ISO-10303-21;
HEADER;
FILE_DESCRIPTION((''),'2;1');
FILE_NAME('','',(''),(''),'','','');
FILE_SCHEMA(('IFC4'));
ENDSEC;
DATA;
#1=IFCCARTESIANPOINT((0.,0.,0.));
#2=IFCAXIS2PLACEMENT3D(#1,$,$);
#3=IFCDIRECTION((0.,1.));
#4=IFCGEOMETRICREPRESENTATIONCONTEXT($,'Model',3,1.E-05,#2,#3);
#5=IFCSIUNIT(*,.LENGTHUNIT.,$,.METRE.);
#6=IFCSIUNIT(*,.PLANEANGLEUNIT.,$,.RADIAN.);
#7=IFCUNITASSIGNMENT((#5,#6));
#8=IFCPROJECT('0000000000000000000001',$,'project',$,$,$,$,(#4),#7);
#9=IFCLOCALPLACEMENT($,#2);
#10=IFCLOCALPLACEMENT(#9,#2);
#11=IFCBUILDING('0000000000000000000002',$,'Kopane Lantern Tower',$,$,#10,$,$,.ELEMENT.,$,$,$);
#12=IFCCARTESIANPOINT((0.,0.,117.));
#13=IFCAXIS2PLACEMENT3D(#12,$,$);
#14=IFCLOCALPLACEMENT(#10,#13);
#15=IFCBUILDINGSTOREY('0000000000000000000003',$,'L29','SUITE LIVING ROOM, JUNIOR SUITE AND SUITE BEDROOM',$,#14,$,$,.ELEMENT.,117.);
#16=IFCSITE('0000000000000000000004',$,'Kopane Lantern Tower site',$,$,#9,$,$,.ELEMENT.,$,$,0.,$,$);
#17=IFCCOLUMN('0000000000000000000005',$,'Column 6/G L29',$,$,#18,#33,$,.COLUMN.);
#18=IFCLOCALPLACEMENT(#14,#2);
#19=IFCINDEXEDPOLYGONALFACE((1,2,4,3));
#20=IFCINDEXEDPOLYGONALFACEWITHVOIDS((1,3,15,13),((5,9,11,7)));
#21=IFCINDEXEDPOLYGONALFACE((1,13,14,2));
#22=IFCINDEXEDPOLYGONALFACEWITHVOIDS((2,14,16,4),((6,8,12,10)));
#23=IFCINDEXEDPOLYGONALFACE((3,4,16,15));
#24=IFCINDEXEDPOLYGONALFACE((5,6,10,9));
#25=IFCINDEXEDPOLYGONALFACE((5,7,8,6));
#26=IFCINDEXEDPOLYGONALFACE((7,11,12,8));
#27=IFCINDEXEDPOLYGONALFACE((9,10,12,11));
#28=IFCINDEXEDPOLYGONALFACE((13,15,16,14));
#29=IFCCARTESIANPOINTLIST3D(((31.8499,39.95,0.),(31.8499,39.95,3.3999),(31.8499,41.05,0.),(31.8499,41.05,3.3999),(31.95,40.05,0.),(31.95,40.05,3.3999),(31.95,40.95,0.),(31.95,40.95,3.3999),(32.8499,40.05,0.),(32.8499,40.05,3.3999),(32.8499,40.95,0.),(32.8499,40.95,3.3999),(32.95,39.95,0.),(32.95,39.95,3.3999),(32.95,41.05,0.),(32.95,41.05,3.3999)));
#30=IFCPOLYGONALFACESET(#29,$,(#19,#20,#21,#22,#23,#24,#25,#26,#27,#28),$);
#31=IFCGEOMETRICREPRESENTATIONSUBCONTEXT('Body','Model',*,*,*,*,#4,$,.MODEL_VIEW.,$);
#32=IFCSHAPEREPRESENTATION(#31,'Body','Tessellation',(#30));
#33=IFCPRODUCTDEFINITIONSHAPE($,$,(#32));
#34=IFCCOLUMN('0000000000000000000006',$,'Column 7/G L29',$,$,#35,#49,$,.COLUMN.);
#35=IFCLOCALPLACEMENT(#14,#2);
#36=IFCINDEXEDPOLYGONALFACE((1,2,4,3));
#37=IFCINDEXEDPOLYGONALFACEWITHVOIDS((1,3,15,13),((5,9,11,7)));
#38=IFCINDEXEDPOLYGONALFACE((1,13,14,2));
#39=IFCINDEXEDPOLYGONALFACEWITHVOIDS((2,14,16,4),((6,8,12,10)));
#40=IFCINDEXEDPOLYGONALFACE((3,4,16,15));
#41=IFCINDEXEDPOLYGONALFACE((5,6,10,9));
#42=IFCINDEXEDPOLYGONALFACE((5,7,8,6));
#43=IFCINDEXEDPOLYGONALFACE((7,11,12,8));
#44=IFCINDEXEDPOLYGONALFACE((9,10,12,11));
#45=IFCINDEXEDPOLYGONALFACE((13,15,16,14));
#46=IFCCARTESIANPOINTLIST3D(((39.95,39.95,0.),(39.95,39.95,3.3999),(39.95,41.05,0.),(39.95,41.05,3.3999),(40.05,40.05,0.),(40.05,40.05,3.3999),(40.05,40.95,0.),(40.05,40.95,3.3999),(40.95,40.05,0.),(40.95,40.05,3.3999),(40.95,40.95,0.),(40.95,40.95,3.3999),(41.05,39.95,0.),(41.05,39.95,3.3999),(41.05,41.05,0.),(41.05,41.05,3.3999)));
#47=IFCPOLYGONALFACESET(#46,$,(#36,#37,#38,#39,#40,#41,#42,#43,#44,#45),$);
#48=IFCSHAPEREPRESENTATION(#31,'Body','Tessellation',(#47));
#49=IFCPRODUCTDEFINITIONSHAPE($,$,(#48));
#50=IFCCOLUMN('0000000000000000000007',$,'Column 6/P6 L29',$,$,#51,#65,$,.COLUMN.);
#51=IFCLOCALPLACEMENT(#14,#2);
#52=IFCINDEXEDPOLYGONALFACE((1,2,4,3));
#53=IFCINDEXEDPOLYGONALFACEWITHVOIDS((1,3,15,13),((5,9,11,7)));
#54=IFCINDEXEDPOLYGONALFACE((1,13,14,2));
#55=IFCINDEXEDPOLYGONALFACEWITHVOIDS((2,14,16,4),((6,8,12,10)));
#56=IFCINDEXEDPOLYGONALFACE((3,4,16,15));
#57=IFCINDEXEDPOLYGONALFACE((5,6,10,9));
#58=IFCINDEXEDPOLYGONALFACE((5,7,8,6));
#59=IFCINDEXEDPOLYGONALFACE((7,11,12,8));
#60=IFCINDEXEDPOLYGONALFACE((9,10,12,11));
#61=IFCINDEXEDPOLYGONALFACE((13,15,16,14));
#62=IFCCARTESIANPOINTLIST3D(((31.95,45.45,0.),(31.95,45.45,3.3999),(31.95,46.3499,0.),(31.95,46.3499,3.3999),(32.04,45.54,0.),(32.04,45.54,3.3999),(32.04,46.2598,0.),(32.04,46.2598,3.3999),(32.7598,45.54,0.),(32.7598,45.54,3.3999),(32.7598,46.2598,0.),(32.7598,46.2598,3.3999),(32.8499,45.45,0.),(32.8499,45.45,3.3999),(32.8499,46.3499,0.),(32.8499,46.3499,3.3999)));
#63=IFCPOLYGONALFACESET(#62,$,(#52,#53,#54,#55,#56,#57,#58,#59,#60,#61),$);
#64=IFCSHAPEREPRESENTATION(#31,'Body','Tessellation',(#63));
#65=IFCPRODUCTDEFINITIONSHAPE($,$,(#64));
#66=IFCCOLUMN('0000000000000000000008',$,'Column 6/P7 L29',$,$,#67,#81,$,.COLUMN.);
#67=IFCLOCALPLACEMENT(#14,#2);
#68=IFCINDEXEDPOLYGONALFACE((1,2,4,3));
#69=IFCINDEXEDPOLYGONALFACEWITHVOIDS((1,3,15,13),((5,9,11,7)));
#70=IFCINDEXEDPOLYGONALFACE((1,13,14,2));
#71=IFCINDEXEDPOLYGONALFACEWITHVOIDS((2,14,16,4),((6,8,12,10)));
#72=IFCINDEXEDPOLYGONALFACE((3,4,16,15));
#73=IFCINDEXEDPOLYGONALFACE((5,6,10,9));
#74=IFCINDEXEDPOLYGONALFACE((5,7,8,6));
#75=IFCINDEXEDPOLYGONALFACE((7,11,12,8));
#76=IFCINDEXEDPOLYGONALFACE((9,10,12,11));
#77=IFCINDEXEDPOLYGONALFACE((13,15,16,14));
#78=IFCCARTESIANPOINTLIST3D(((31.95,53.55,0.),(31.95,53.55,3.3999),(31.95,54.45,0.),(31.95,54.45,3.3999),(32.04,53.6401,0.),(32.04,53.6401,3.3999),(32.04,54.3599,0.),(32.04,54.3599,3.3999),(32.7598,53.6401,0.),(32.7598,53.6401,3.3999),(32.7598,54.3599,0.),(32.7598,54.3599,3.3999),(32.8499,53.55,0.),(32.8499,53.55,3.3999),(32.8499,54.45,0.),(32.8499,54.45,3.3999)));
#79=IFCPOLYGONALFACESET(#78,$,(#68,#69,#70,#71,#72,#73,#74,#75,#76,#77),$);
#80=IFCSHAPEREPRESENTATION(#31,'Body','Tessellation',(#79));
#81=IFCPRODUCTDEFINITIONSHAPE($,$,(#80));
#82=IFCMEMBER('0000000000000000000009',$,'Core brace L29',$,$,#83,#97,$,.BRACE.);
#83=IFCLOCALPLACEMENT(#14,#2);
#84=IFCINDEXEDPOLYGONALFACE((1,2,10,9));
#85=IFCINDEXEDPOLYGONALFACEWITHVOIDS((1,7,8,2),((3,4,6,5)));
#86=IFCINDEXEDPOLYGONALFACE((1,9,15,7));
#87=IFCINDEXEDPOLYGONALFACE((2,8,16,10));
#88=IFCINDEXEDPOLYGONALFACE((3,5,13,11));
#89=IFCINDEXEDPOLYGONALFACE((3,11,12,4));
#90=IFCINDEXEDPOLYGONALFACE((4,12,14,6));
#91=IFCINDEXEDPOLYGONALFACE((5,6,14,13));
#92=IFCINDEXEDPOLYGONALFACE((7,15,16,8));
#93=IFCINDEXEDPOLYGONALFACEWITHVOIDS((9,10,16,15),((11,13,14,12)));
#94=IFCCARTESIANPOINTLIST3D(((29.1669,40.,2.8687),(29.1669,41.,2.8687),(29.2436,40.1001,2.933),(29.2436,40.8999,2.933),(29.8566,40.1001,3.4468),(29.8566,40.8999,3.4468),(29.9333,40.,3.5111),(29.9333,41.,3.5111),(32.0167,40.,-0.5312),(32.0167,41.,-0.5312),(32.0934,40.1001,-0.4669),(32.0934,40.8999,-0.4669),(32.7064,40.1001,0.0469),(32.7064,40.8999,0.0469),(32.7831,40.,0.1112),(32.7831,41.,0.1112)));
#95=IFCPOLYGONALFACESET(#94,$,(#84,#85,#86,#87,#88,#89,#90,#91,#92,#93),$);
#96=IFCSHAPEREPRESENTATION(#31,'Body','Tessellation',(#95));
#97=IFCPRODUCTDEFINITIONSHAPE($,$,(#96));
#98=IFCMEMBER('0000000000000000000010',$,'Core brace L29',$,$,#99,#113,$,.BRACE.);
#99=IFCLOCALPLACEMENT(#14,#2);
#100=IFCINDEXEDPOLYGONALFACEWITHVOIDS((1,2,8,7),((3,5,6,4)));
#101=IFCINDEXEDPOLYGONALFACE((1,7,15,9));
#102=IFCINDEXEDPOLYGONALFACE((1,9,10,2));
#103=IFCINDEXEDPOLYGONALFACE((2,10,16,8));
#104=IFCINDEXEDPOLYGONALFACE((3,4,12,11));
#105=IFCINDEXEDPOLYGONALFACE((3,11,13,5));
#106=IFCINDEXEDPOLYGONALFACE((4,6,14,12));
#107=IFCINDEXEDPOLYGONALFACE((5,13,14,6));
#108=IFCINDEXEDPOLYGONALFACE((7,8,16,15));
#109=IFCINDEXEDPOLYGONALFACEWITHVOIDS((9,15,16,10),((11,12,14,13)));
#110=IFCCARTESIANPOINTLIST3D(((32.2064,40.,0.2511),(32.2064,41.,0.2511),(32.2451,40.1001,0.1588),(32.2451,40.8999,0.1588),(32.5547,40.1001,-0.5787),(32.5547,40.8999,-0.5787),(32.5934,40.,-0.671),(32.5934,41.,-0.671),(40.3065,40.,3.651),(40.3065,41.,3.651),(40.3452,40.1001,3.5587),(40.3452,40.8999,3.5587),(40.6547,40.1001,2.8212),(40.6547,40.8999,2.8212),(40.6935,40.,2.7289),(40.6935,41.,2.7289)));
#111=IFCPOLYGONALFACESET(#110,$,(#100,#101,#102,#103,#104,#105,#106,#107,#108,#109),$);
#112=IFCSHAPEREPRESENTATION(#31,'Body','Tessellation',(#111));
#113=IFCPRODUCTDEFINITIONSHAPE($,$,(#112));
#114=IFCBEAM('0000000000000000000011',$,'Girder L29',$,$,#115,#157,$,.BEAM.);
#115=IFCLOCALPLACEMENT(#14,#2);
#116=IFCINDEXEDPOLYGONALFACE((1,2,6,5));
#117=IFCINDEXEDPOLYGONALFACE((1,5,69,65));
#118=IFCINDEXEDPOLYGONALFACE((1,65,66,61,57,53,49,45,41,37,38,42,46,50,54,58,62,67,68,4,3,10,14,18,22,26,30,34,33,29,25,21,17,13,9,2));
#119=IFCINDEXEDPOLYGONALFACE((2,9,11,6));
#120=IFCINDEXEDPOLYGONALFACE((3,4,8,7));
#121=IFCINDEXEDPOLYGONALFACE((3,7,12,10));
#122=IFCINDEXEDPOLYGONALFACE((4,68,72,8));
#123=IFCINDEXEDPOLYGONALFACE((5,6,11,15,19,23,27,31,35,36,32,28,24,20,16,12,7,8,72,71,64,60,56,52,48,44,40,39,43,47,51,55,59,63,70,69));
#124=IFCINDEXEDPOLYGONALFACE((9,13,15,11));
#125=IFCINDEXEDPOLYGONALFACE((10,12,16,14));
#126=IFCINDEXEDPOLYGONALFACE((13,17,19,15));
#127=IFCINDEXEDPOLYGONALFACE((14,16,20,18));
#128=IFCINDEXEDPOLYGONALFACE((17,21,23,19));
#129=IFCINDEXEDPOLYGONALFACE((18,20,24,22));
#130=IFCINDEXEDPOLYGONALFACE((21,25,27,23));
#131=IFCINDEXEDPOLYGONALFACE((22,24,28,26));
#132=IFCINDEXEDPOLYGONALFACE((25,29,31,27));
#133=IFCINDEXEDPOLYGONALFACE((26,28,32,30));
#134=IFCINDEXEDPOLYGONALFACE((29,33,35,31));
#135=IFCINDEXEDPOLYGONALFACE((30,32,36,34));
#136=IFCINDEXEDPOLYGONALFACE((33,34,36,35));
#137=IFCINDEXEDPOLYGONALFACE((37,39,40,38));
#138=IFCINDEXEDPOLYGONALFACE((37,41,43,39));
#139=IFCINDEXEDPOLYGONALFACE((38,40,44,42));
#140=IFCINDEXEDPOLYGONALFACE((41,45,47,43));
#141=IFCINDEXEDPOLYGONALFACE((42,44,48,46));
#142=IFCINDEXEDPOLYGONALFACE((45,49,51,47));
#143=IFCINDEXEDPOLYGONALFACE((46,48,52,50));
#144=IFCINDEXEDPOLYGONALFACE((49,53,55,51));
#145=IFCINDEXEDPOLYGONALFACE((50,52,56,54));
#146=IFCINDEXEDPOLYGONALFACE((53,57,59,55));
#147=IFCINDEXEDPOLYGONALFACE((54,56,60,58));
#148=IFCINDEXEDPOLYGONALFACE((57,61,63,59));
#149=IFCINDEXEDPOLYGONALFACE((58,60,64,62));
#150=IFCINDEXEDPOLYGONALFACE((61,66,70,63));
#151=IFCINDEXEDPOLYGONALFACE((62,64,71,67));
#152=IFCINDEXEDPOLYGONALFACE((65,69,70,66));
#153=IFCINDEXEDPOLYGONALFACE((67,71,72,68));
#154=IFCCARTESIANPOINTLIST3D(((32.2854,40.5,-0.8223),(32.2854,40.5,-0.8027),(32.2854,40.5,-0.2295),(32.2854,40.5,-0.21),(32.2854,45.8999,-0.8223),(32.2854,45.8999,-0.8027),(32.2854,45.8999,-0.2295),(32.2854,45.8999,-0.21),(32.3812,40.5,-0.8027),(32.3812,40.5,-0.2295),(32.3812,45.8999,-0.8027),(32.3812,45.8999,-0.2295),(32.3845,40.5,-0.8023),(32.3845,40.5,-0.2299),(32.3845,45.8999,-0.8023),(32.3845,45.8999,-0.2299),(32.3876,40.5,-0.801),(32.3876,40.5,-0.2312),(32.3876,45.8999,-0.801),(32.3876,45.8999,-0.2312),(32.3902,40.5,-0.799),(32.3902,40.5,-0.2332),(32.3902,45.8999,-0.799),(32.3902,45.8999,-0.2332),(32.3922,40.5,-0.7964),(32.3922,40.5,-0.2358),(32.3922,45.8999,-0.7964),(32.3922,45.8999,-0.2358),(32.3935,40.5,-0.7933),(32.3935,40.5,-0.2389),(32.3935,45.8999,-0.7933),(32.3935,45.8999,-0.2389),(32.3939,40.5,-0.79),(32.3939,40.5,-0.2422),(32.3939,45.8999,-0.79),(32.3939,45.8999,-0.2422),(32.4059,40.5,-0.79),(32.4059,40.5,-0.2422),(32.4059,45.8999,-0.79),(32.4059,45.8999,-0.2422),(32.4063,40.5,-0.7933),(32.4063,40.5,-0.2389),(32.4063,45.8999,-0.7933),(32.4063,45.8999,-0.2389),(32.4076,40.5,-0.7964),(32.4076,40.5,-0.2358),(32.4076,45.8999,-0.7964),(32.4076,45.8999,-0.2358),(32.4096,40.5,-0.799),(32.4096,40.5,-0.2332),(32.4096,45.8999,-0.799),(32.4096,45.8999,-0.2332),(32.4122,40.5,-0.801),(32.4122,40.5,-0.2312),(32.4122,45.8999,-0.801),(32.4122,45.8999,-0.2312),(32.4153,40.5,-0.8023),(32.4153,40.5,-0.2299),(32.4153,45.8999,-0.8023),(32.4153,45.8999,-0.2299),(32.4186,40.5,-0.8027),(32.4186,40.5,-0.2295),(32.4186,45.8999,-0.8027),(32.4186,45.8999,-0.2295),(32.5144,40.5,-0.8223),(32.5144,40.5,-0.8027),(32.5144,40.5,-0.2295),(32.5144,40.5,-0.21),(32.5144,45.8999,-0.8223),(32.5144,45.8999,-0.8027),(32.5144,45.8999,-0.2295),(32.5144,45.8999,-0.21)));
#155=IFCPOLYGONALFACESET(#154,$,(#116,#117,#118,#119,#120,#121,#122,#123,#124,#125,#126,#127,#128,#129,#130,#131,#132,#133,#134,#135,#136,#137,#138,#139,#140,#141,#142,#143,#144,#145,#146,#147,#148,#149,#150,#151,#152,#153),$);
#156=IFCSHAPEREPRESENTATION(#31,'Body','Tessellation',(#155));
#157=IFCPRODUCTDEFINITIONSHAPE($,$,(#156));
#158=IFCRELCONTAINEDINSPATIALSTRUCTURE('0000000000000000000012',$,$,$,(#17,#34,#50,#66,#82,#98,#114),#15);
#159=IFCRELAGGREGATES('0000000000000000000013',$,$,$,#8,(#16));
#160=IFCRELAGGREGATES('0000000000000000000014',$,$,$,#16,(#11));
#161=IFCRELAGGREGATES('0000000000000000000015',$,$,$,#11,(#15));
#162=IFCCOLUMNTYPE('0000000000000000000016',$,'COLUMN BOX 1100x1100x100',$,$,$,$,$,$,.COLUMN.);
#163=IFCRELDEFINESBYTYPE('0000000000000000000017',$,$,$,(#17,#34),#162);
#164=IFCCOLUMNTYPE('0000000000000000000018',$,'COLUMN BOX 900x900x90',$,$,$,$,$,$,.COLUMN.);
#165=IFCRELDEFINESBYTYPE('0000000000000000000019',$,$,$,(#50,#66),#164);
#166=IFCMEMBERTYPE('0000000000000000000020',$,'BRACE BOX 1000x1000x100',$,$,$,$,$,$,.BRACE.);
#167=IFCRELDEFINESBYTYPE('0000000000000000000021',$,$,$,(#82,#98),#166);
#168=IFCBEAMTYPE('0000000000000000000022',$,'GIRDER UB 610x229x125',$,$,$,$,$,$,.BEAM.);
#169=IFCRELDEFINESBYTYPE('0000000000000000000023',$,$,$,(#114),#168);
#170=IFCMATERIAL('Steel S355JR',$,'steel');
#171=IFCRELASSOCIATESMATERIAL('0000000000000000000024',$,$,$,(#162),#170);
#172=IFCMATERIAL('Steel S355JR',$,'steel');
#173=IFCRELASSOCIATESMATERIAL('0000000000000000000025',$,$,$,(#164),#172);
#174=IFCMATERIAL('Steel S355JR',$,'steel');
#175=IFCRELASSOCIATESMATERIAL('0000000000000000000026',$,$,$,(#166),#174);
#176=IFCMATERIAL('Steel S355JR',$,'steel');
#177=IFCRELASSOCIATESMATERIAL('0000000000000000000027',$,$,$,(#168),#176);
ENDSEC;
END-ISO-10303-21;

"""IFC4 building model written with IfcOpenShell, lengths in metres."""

from ifc_helpers import new_model, si_unit, direction, frame, origin, origin_2d, place, context, subcontext, project, spatial, hollow_rectangle, i_section, extrude, material, material_profile, profile_set, type_object, element, save


model = new_model("IFC4")

# Units and contexts
model_context = context("Model", 3, precision=1e-05, world=origin(), true_north=direction((0.0, 1.0)))
body_context = subcontext(model_context, "Body", "Model", "MODEL_VIEW")
ifc_project = project(units=[si_unit("LENGTHUNIT", "METRE"), si_unit("PLANEANGLEUNIT", "RADIAN")], contexts=[model_context])

# Site, building, storey
site_placement = place(None, origin())
site = spatial("IfcSite", under=ifc_project, at=site_placement, Name="Kopane Lantern Tower site", CompositionType="ELEMENT", RefElevation=0.0)
building_placement = place(site_placement, origin())
building = spatial("IfcBuilding", under=site, at=building_placement, Name="Kopane Lantern Tower", CompositionType="ELEMENT")
storey_placement = place(building_placement, frame((0.0, 0.0, 117.0)))
storey = spatial("IfcBuildingStorey", under=building, at=storey_placement, Name="L29", Description="SUITE LIVING ROOM, JUNIOR SUITE AND SUITE BEDROOM", CompositionType="ELEMENT", Elevation=117.0)

# Columns
ifc_material_1 = material(Name="Steel S355JR", Category="steel")
ifc_material_profile_1 = material_profile(ifc_material_1, hollow_rectangle(XDim=1.1001, YDim=1.1001, WallThickness=0.1001, at=origin_2d()), Name="BOX 1100x1100x100")
ifc_profile_set_1 = profile_set([ifc_material_profile_1], Name="Steel S355JR")
column_type_1 = type_object("IfcColumnType", Name="COLUMN BOX 1100x1100x100", PredefinedType="COLUMN", material=ifc_profile_set_1)
for number, where, z_axis, x_axis, name in (
    (1, (32.3999, 40.5, 0.0), (0.0, 0.0, 1.0), (1.0, 0.0, 0.0), "Column 6/G L29"),
    (2, (40.5, 40.5, 0.0), (0.0, 0.0, 1.0), (1.0, 0.0, 0.0), "Column 7/G L29"),
):
    element("IfcColumn", number, at=place(storey_placement, frame(where, z_axis=z_axis, x_axis=x_axis)), inside=storey, type_object=column_type_1, Name=name, PredefinedType="COLUMN", context=body_context, shape_type="SweptSolid", body=[
        extrude(hollow_rectangle(XDim=1.1001, YDim=1.1001, WallThickness=0.1001, at=origin_2d()), origin(), (0.0, 0.0, 1.0), 3.3999),
    ])
ifc_material_2 = material(Name="Steel S355JR", Category="steel")
ifc_material_profile_2 = material_profile(ifc_material_2, hollow_rectangle(XDim=0.8999, YDim=0.8999, WallThickness=0.0901, at=origin_2d()), Name="BOX 900x900x90")
ifc_profile_set_2 = profile_set([ifc_material_profile_2], Name="Steel S355JR")
column_type_2 = type_object("IfcColumnType", Name="COLUMN BOX 900x900x90", PredefinedType="COLUMN", material=ifc_profile_set_2)
for number, where, z_axis, x_axis, name in (
    (3, (32.3999, 45.8999, 0.0), (0.0, 0.0, 1.0), (1.0, 0.0, 0.0), "Column 6/P6 L29"),
    (4, (32.3999, 54.0, 0.0), (0.0, 0.0, 1.0), (1.0, 0.0, 0.0), "Column 6/P7 L29"),
):
    element("IfcColumn", number, at=place(storey_placement, frame(where, z_axis=z_axis, x_axis=x_axis)), inside=storey, type_object=column_type_2, Name=name, PredefinedType="COLUMN", context=body_context, shape_type="SweptSolid", body=[
        extrude(hollow_rectangle(XDim=0.8999, YDim=0.8999, WallThickness=0.0901, at=origin_2d()), origin(), (0.0, 0.0, 1.0), 3.3999),
    ])

# Members
ifc_material_3 = material(Name="Steel S355JR", Category="steel")
ifc_material_profile_3 = material_profile(ifc_material_3, hollow_rectangle(XDim=1.0, YDim=1.0, WallThickness=0.1001, at=origin_2d()), Name="BOX 1000x1000x100")
ifc_profile_set_3 = profile_set([ifc_material_profile_3], Name="Steel S355JR")
member_type = type_object("IfcMemberType", Name="BRACE BOX 1000x1000x100", PredefinedType="BRACE", material=ifc_profile_set_3)
member_1_placement = place(storey_placement, frame((32.3999, 40.5, -0.21), z_axis=(-0.64239, 0.0, 0.766378), x_axis=(0.0, -1.0, 0.0)))
element("IfcMember", 5, at=member_1_placement, inside=storey, type_object=member_type, Name="Core brace L29", PredefinedType="BRACE", context=body_context, shape_type="SweptSolid", body=[
    extrude(hollow_rectangle(XDim=1.0, YDim=1.0, WallThickness=0.1001, at=origin_2d()), origin(), (0.0, 0.0, 1.0), 4.4363),
])
member_2_placement = place(storey_placement, frame((32.3999, 40.5, -0.21), z_axis=(0.922069, 0.0, 0.387026), x_axis=(0.0, 1.0, 0.0)))
element("IfcMember", 6, at=member_2_placement, inside=storey, type_object=member_type, Name="Core brace L29", PredefinedType="BRACE", context=body_context, shape_type="SweptSolid", body=[
    extrude(hollow_rectangle(XDim=1.0, YDim=1.0, WallThickness=0.1001, at=origin_2d()), origin(), (0.0, 0.0, 1.0), 8.7847),
])

# Beam
ifc_material_4 = material(Name="Steel S355JR", Category="steel")
ifc_material_profile_4 = material_profile(ifc_material_4, i_section(OverallWidth=0.229, OverallDepth=0.6123, WebThickness=0.012, FlangeThickness=0.0195, FilletRadius=0.0127, at=origin_2d()), Name="UB 610x229x125")
ifc_profile_set_4 = profile_set([ifc_material_profile_4], Name="Steel S355JR")
beam_type = type_object("IfcBeamType", Name="GIRDER UB 610x229x125", PredefinedType="BEAM", material=ifc_profile_set_4)
beam_1_placement = place(storey_placement, frame((32.3999, 40.5, -0.5161), z_axis=(0.0, 1.0, 0.0), x_axis=(-1.0, 0.0, 0.0)))
element("IfcBeam", 7, at=beam_1_placement, inside=storey, type_object=beam_type, Name="Girder L29", PredefinedType="BEAM", context=body_context, shape_type="SweptSolid", body=[
    extrude(i_section(OverallWidth=0.229, OverallDepth=0.6123, WebThickness=0.012, FlangeThickness=0.0195, FilletRadius=0.0127, at=origin_2d()), origin(), (0.0, 0.0, 1.0), 5.3999),
])

save(model, "model.ifc")
